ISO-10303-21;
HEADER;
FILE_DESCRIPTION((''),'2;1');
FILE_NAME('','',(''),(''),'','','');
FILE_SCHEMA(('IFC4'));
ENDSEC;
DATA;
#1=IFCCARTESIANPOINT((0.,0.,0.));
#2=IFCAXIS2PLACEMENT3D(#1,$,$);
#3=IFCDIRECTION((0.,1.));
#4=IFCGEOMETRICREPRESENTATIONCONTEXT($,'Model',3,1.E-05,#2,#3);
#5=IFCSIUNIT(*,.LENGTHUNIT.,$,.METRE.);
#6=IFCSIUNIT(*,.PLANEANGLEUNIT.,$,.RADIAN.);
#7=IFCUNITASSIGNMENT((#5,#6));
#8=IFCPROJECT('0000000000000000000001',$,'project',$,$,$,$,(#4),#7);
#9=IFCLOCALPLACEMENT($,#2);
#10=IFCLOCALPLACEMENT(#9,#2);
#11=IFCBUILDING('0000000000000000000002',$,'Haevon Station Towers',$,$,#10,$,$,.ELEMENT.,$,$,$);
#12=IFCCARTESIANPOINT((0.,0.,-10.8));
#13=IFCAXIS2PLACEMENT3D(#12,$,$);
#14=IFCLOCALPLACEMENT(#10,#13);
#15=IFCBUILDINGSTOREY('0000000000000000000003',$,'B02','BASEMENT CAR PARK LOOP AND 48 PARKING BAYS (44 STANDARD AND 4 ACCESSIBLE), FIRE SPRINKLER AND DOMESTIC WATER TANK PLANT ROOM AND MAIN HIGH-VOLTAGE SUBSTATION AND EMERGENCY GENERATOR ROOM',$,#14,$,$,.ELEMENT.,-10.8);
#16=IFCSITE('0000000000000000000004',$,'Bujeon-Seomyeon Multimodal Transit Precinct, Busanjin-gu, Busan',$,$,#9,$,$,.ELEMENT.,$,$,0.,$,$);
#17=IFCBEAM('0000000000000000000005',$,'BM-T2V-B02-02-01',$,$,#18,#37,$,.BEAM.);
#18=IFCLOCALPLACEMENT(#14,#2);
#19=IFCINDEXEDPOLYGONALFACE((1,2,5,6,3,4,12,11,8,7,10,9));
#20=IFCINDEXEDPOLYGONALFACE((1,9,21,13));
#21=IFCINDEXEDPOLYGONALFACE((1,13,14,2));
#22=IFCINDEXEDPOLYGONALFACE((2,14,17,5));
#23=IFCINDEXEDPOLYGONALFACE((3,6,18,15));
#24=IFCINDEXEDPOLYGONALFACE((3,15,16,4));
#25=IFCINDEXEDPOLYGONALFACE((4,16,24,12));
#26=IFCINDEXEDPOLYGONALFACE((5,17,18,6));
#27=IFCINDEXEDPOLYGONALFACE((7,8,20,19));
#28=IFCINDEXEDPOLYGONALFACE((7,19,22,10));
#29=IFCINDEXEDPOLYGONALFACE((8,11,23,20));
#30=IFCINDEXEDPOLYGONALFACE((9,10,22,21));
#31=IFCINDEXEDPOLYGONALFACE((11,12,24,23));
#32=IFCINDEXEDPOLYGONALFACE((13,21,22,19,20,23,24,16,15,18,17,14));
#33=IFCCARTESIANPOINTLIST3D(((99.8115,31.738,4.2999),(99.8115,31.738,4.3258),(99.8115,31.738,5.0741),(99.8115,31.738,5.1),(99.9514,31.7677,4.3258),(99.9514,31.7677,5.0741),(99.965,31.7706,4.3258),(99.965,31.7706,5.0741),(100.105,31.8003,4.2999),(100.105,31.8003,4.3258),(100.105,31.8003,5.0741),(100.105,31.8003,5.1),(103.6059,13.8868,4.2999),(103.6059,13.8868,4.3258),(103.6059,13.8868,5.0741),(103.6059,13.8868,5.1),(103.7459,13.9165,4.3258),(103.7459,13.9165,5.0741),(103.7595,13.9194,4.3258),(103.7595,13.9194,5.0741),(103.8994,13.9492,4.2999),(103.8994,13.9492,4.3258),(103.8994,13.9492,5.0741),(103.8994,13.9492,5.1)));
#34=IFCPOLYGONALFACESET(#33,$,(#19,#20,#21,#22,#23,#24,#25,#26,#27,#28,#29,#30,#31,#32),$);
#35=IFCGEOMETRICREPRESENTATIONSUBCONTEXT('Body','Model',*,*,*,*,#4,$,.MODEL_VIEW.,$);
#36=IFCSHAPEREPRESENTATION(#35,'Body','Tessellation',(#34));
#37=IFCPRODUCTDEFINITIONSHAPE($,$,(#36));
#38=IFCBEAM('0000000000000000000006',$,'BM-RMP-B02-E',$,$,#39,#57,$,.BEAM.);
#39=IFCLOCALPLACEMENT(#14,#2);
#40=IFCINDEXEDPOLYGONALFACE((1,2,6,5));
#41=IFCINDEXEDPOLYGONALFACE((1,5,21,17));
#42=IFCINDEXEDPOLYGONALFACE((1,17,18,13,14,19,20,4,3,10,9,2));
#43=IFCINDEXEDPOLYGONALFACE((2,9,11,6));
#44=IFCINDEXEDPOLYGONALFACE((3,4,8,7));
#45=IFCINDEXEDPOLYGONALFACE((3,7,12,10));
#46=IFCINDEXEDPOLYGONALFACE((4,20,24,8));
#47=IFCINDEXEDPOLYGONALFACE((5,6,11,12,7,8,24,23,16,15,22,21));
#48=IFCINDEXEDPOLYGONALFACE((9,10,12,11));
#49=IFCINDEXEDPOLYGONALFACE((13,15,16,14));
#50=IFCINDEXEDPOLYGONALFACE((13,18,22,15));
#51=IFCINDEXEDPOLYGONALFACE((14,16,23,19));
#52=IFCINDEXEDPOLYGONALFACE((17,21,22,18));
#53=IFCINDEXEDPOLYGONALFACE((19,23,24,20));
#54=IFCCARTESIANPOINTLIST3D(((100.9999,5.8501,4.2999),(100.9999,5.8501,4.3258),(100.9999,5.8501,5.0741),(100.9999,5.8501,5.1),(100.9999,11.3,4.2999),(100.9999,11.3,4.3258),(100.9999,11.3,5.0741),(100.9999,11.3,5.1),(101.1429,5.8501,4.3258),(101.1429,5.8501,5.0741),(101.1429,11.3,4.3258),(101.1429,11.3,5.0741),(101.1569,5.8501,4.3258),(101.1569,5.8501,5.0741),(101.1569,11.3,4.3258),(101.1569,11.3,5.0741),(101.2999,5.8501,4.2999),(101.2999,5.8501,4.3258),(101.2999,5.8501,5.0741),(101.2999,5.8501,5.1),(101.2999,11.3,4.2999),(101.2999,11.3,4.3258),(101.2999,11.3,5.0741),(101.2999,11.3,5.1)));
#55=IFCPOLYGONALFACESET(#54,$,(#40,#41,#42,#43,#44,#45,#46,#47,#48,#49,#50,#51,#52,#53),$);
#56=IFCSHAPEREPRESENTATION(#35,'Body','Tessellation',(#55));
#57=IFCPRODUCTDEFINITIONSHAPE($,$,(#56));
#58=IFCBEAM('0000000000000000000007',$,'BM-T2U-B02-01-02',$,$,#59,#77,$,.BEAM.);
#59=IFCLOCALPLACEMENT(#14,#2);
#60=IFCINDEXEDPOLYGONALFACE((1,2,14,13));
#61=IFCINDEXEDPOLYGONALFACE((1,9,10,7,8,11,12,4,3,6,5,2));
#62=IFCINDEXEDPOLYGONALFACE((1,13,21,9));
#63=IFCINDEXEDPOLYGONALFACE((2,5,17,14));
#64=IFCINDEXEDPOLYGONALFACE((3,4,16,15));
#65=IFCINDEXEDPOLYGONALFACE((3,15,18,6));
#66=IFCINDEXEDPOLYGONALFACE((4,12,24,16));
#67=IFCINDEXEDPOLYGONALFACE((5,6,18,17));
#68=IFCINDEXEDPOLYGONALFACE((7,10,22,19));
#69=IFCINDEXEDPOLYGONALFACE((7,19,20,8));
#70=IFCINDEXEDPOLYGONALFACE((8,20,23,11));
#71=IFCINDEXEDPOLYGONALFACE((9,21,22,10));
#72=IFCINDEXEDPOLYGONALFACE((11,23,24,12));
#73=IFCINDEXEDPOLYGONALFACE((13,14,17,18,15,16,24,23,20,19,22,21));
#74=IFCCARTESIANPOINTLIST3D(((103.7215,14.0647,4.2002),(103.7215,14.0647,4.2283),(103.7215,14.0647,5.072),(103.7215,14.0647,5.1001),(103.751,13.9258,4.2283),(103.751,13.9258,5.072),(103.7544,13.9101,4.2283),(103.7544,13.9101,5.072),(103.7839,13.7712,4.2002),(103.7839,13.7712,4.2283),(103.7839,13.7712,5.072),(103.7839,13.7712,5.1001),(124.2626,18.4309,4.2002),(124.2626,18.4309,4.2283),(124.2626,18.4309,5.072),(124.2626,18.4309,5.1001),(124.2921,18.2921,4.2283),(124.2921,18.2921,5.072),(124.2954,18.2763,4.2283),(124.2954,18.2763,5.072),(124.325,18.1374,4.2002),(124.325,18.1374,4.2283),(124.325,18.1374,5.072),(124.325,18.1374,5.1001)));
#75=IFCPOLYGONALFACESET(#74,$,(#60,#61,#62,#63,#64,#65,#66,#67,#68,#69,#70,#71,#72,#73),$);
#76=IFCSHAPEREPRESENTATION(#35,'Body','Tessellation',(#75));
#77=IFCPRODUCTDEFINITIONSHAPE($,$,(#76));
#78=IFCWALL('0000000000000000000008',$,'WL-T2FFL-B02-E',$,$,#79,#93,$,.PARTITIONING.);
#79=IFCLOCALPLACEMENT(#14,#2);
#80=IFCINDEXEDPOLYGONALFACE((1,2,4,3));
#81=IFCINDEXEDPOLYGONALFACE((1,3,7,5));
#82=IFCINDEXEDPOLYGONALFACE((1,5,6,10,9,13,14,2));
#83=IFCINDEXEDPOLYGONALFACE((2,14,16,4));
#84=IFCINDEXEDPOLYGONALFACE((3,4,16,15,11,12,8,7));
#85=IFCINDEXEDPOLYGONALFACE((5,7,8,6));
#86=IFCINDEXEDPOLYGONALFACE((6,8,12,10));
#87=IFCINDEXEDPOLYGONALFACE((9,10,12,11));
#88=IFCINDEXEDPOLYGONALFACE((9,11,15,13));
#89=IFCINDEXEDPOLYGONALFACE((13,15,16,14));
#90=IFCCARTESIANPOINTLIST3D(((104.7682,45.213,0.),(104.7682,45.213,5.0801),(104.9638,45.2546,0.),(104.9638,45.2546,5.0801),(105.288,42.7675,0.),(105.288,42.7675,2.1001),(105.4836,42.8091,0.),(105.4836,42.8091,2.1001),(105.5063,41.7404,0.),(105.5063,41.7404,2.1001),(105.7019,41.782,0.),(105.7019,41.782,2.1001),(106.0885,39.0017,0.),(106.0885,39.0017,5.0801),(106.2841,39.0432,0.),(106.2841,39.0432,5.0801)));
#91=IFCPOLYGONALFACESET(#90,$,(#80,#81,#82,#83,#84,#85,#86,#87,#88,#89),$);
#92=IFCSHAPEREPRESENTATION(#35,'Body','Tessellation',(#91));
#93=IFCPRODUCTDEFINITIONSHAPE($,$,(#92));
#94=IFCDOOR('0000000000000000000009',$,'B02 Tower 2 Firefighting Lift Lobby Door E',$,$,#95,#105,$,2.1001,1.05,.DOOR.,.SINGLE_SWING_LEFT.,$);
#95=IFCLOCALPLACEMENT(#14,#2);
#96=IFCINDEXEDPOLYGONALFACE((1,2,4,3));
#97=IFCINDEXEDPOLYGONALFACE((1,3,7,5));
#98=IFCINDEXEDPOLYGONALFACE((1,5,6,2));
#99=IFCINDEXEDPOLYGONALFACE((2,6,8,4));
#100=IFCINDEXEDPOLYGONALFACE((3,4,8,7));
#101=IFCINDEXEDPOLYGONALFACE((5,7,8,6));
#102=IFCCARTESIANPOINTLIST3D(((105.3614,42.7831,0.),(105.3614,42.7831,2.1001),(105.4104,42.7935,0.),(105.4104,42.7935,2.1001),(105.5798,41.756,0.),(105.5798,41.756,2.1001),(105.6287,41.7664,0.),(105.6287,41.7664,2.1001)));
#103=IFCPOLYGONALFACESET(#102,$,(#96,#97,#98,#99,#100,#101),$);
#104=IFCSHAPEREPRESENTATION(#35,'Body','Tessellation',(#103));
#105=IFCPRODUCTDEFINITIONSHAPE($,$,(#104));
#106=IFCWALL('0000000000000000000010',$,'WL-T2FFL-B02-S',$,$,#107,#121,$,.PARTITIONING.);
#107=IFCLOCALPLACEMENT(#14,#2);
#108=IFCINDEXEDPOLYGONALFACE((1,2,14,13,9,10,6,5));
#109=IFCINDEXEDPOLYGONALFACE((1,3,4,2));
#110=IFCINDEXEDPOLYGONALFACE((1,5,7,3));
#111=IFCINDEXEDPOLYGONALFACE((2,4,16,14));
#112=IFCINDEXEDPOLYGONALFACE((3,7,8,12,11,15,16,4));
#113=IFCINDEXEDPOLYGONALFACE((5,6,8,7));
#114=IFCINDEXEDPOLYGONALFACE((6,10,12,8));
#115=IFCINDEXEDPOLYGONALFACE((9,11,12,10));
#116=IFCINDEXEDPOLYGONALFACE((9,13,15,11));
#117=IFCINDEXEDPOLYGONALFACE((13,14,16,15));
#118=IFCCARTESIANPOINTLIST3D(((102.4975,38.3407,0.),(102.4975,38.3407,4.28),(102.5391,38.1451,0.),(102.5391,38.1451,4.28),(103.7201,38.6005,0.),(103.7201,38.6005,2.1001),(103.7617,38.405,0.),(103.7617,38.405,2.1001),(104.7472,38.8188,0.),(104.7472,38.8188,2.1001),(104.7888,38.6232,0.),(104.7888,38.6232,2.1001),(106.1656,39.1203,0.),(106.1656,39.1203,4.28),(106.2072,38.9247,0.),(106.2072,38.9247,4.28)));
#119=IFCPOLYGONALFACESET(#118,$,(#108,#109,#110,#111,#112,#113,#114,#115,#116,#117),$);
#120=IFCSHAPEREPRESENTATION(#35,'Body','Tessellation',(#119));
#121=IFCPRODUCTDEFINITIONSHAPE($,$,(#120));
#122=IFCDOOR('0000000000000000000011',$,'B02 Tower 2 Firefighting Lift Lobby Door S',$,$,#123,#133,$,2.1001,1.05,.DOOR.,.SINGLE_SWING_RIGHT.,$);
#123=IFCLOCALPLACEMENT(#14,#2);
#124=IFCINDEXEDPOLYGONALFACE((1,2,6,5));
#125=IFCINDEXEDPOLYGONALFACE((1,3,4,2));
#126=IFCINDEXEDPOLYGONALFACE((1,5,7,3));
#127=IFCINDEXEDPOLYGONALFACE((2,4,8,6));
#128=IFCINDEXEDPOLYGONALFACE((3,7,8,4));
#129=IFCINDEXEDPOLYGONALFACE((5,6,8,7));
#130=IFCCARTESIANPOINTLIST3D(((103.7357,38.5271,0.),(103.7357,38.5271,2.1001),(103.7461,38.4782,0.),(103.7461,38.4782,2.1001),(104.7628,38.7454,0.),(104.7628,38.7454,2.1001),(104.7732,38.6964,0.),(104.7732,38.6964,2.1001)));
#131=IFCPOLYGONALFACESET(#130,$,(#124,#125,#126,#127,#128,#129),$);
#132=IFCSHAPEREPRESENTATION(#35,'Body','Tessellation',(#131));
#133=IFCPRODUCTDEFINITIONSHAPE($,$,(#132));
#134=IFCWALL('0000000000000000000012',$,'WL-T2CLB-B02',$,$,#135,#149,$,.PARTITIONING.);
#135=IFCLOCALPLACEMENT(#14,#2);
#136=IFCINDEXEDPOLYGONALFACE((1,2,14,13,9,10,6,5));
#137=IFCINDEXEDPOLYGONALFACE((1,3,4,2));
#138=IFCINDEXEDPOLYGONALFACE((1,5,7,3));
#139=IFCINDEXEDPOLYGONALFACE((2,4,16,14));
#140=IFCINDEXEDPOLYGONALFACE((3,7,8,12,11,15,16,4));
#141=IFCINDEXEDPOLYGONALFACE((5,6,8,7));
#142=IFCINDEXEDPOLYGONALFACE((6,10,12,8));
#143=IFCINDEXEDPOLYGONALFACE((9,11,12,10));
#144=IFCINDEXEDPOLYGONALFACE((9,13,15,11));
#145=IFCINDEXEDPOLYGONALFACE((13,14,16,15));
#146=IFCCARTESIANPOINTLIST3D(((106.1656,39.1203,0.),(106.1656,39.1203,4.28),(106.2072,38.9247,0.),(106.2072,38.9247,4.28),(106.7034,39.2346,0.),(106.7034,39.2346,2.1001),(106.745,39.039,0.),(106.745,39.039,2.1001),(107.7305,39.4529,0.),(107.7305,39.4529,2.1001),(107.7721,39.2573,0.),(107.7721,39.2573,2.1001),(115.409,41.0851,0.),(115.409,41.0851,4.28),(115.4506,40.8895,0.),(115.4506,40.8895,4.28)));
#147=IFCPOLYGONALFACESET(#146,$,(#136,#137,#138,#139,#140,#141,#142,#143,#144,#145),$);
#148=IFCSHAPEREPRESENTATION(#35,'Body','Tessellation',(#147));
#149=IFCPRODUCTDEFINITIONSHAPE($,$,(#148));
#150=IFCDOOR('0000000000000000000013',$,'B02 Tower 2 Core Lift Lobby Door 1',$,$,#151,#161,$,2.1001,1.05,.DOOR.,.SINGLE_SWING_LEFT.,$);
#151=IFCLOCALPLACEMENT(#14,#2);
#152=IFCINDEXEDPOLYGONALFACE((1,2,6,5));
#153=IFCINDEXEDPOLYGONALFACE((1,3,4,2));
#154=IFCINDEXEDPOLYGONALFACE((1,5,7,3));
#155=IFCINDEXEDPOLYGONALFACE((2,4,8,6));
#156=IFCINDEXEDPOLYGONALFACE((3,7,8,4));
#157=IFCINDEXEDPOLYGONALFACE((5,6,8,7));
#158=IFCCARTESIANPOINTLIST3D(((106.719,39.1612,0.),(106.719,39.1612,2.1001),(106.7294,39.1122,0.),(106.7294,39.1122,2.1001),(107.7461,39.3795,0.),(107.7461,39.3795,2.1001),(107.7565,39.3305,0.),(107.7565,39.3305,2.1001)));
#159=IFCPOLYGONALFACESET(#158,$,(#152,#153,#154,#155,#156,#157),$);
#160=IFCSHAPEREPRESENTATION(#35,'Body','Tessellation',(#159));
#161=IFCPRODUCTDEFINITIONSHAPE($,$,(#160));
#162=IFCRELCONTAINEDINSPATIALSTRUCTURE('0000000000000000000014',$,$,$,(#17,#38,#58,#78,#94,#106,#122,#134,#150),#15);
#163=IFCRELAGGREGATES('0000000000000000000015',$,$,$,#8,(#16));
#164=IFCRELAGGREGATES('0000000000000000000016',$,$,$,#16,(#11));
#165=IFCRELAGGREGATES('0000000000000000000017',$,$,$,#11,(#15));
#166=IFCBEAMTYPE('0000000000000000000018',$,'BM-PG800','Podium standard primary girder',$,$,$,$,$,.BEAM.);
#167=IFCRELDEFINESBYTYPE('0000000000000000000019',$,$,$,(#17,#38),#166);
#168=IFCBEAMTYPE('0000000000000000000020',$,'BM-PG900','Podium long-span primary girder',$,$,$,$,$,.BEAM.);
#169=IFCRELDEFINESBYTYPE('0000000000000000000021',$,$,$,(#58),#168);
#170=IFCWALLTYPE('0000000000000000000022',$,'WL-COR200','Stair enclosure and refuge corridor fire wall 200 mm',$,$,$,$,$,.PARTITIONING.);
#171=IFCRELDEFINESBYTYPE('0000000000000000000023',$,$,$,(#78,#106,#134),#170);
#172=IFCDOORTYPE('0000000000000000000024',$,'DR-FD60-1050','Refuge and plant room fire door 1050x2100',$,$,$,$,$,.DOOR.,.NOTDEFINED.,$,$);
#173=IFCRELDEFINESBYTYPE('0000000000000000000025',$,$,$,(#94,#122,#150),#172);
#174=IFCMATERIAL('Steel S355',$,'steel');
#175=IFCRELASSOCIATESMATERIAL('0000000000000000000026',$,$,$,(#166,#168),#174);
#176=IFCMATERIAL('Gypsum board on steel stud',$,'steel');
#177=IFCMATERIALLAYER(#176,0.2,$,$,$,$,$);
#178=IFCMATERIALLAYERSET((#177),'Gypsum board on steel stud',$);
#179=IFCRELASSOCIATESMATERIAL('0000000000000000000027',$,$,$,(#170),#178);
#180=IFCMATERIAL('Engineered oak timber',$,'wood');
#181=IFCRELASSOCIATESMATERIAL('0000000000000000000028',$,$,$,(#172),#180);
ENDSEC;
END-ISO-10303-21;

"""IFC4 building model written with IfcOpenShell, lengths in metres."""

from ifc_helpers import new_model, si_unit, direction, frame, frame_2d, origin, origin_2d, place, context, subcontext, project, spatial, rectangle, i_section, extrude, material, layer, layer_set, material_profile, profile_set, type_object, element, fill, save


model = new_model("IFC4")

# Units and contexts
model_context = context("Model", 3, precision=1e-05, world=origin(), true_north=direction((0.0, 1.0)))
body_context = subcontext(model_context, "Body", "Model", "MODEL_VIEW")
ifc_project = project(units=[si_unit("LENGTHUNIT", "METRE"), si_unit("PLANEANGLEUNIT", "RADIAN")], contexts=[model_context])

# Site, building, storey
site_placement = place(None, origin())
site = spatial("IfcSite", under=ifc_project, at=site_placement, Name="Bujeon-Seomyeon Multimodal Transit Precinct, Busanjin-gu, Busan", CompositionType="ELEMENT", RefElevation=0.0)
building_placement = place(site_placement, origin())
building = spatial("IfcBuilding", under=site, at=building_placement, Name="Haevon Station Towers", CompositionType="ELEMENT")
storey_placement = place(building_placement, frame((0.0, 0.0, -10.8)))
storey = spatial("IfcBuildingStorey", under=building, at=storey_placement, Name="B02", Description="BASEMENT CAR PARK LOOP AND 48 PARKING BAYS (44 STANDARD AND 4 ACCESSIBLE), FIRE SPRINKLER AND DOMESTIC WATER TANK PLANT ROOM AND MAIN HIGH-VOLTAGE SUBSTATION AND EMERGENCY GENERATOR ROOM", CompositionType="ELEMENT", Elevation=-10.8)

# Beams
ifc_material_1 = material(Name="Steel S355", Category="steel")
ifc_material_profile_1 = material_profile(ifc_material_1, i_section(OverallWidth=0.3, OverallDepth=0.8, WebThickness=0.0139, FlangeThickness=0.0259, at=origin_2d()), Name="H-800x300x14x26")
ifc_profile_set_1 = profile_set([ifc_material_profile_1], Name="Steel S355")
beam_type_1 = type_object("IfcBeamType", Name="BM-PG800", Description="Podium standard primary girder", PredefinedType="BEAM", material=ifc_profile_set_1)
beam_1_placement = place(storey_placement, frame((103.7527, 13.918, 4.7), z_axis=(-0.207915, 0.978147, 0.0), x_axis=(-0.978147, -0.207915, 0.0)))
element("IfcBeam", 1, at=beam_1_placement, inside=storey, type_object=beam_type_1, Name="BM-T2V-B02-02-01", PredefinedType="BEAM", context=body_context, shape_type="SweptSolid", body=[
    extrude(i_section(OverallWidth=0.3, OverallDepth=0.8, WebThickness=0.0139, FlangeThickness=0.0259, at=origin_2d()), origin(), (0.0, 0.0, 1.0), 18.25),
])
beam_2_placement = place(storey_placement, frame((101.1499, 5.8501, 4.7), z_axis=(0.0, 1.0, 0.0), x_axis=(-1.0, 0.0, 0.0)))
element("IfcBeam", 2, at=beam_2_placement, inside=storey, type_object=beam_type_1, Name="BM-RMP-B02-E", PredefinedType="BEAM", context=body_context, shape_type="SweptSolid", body=[
    extrude(i_section(OverallWidth=0.3, OverallDepth=0.8, WebThickness=0.0139, FlangeThickness=0.0259, at=origin_2d()), origin(), (0.0, 0.0, 1.0), 5.45),
])
ifc_material_profile_2 = material_profile(ifc_material_1, i_section(OverallWidth=0.3, OverallDepth=0.8999, WebThickness=0.0161, FlangeThickness=0.0281, at=origin_2d()), Name="H-900x300x16x28")
ifc_profile_set_2 = profile_set([ifc_material_profile_2], Name="Steel S355")
beam_type_2 = type_object("IfcBeamType", Name="BM-PG900", Description="Podium long-span primary girder", PredefinedType="BEAM", material=ifc_profile_set_2)
beam_3_placement = place(storey_placement, frame((103.7527, 13.918, 4.6501), z_axis=(0.978147, 0.207915, 0.0), x_axis=(-0.207915, 0.978147, 0.0)))
element("IfcBeam", 3, at=beam_3_placement, inside=storey, type_object=beam_type_2, Name="BM-T2U-B02-01-02", PredefinedType="BEAM", context=body_context, shape_type="SweptSolid", body=[
    extrude(i_section(OverallWidth=0.3, OverallDepth=0.8999, WebThickness=0.0161, FlangeThickness=0.0281, at=origin_2d()), origin(), (0.0, 0.0, 1.0), 21.0),
])

# Walls, openings, doors
ifc_material_2 = material(Name="Gypsum board on steel stud", Category="steel")
ifc_layer_1 = layer(ifc_material_2, 0.2)
ifc_layer_set_1 = layer_set([ifc_layer_1], Name="Gypsum board on steel stud")
wall_type_1 = type_object("IfcWallType", Name="WL-COR200", Description="Stair enclosure and refuge corridor fire wall 200 mm", PredefinedType="PARTITIONING", material=ifc_layer_set_1)
wall_1_placement = place(storey_placement, frame((106.1863, 39.0225, 0.0), z_axis=(0.0, 0.0, 1.0), x_axis=(-0.207917, 0.978147, 0.0)))
wall_1 = element("IfcWall", 4, at=wall_1_placement, inside=storey, type_object=wall_type_1, Name="WL-T2FFL-B02-E", PredefinedType="PARTITIONING", context=body_context, shape_type="SweptSolid", body=[
    extrude(rectangle(XDim=6.3501, YDim=0.2, at=frame_2d((3.175, 0.0))), origin(), (0.0, 0.0, 1.0), 5.0801),
])
opening_1_placement = place(wall_1_placement, frame((2.8, 0.0, 0.0)))
opening_1 = element("IfcOpeningElement", 5, at=opening_1_placement, cuts=wall_1, PredefinedType="OPENING", context=body_context, shape_type="SweptSolid", body=[
    extrude(rectangle(XDim=1.05, YDim=2.1001, at=frame_2d((0.5249, 1.05))), frame((0.0, 0.1099, 0.0), z_axis=(0.0, -1.0, 0.0), x_axis=(1.0, 0.0, 0.0)), (0.0, 0.0, 1.0), 0.22),
])
ifc_material_3 = material(Name="Engineered oak timber", Category="wood")
door_type_1 = type_object("IfcDoorType", Name="DR-FD60-1050", Description="Refuge and plant room fire door 1050x2100", OperationType="NOTDEFINED", PredefinedType="DOOR", material=ifc_material_3)
door_1_placement = place(opening_1_placement, origin())
door_1 = element("IfcDoor", 6, at=door_1_placement, inside=storey, type_object=door_type_1, Name="B02 Tower 2 Firefighting Lift Lobby Door E", OperationType="SINGLE_SWING_LEFT", OverallHeight=2.1001, OverallWidth=1.05, PredefinedType="DOOR", context=body_context, shape_type="SweptSolid", body=[
    extrude(rectangle(XDim=1.05, YDim=2.1001, at=frame_2d((0.5249, 1.05))), frame((0.0, 0.0249, 0.0), z_axis=(0.0, -1.0, 0.0), x_axis=(1.0, 0.0, 0.0)), (0.0, 0.0, 1.0), 0.05),
])
fill(opening_1, door_1)
wall_2_placement = place(storey_placement, frame((102.5183, 38.2429, 0.0), z_axis=(0.0, 0.0, 1.0), x_axis=(0.978154, 0.207884, 0.0)))
wall_2 = element("IfcWall", 7, at=wall_2_placement, inside=storey, type_object=wall_type_1, Name="WL-T2FFL-B02-S", PredefinedType="PARTITIONING", context=body_context, shape_type="SweptSolid", body=[
    extrude(rectangle(XDim=3.75, YDim=0.2, at=frame_2d((1.875, 0.0))), origin(), (0.0, 0.0, 1.0), 4.28),
])
opening_2_placement = place(wall_2_placement, frame((1.25, 0.0, 0.0)))
opening_2 = element("IfcOpeningElement", 8, at=opening_2_placement, cuts=wall_2, PredefinedType="OPENING", context=body_context, shape_type="SweptSolid", body=[
    extrude(rectangle(XDim=1.05, YDim=2.1001, at=frame_2d((0.5249, 1.05))), frame((0.0, 0.1099, 0.0), z_axis=(0.0, -1.0, 0.0), x_axis=(1.0, 0.0, 0.0)), (0.0, 0.0, 1.0), 0.22),
])
door_2_placement = place(opening_2_placement, origin())
door_2 = element("IfcDoor", 9, at=door_2_placement, inside=storey, type_object=door_type_1, Name="B02 Tower 2 Firefighting Lift Lobby Door S", OperationType="SINGLE_SWING_RIGHT", OverallHeight=2.1001, OverallWidth=1.05, PredefinedType="DOOR", context=body_context, shape_type="SweptSolid", body=[
    extrude(rectangle(XDim=1.05, YDim=2.1001, at=frame_2d((0.5249, 1.05))), frame((0.0, 0.0249, 0.0), z_axis=(0.0, -1.0, 0.0), x_axis=(1.0, 0.0, 0.0)), (0.0, 0.0, 1.0), 0.05),
])
fill(opening_2, door_2)
wall_3_placement = place(storey_placement, frame((106.1863, 39.0225, 0.0), z_axis=(0.0, 0.0, 1.0), x_axis=(0.978146, 0.207921, 0.0)))
wall_3 = element("IfcWall", 10, at=wall_3_placement, inside=storey, type_object=wall_type_1, Name="WL-T2CLB-B02", PredefinedType="PARTITIONING", context=body_context, shape_type="SweptSolid", body=[
    extrude(rectangle(XDim=9.45, YDim=0.2, at=frame_2d((4.7251, 0.0))), origin(), (0.0, 0.0, 1.0), 4.28),
])
opening_3_placement = place(wall_3_placement, frame((0.55, 0.0, 0.0)))
opening_3 = element("IfcOpeningElement", 11, at=opening_3_placement, cuts=wall_3, PredefinedType="OPENING", context=body_context, shape_type="SweptSolid", body=[
    extrude(rectangle(XDim=1.05, YDim=2.1001, at=frame_2d((0.5249, 1.05))), frame((0.0, 0.1099, 0.0), z_axis=(0.0, -1.0, 0.0), x_axis=(1.0, 0.0, 0.0)), (0.0, 0.0, 1.0), 0.22),
])
door_3_placement = place(opening_3_placement, origin())
door_3 = element("IfcDoor", 12, at=door_3_placement, inside=storey, type_object=door_type_1, Name="B02 Tower 2 Core Lift Lobby Door 1", OperationType="SINGLE_SWING_LEFT", OverallHeight=2.1001, OverallWidth=1.05, PredefinedType="DOOR", context=body_context, shape_type="SweptSolid", body=[
    extrude(rectangle(XDim=1.05, YDim=2.1001, at=frame_2d((0.5249, 1.05))), frame((0.0, 0.0249, 0.0), z_axis=(0.0, -1.0, 0.0), x_axis=(1.0, 0.0, 0.0)), (0.0, 0.0, 1.0), 0.05),
])
fill(opening_3, door_3)

save(model, "model.ifc")
